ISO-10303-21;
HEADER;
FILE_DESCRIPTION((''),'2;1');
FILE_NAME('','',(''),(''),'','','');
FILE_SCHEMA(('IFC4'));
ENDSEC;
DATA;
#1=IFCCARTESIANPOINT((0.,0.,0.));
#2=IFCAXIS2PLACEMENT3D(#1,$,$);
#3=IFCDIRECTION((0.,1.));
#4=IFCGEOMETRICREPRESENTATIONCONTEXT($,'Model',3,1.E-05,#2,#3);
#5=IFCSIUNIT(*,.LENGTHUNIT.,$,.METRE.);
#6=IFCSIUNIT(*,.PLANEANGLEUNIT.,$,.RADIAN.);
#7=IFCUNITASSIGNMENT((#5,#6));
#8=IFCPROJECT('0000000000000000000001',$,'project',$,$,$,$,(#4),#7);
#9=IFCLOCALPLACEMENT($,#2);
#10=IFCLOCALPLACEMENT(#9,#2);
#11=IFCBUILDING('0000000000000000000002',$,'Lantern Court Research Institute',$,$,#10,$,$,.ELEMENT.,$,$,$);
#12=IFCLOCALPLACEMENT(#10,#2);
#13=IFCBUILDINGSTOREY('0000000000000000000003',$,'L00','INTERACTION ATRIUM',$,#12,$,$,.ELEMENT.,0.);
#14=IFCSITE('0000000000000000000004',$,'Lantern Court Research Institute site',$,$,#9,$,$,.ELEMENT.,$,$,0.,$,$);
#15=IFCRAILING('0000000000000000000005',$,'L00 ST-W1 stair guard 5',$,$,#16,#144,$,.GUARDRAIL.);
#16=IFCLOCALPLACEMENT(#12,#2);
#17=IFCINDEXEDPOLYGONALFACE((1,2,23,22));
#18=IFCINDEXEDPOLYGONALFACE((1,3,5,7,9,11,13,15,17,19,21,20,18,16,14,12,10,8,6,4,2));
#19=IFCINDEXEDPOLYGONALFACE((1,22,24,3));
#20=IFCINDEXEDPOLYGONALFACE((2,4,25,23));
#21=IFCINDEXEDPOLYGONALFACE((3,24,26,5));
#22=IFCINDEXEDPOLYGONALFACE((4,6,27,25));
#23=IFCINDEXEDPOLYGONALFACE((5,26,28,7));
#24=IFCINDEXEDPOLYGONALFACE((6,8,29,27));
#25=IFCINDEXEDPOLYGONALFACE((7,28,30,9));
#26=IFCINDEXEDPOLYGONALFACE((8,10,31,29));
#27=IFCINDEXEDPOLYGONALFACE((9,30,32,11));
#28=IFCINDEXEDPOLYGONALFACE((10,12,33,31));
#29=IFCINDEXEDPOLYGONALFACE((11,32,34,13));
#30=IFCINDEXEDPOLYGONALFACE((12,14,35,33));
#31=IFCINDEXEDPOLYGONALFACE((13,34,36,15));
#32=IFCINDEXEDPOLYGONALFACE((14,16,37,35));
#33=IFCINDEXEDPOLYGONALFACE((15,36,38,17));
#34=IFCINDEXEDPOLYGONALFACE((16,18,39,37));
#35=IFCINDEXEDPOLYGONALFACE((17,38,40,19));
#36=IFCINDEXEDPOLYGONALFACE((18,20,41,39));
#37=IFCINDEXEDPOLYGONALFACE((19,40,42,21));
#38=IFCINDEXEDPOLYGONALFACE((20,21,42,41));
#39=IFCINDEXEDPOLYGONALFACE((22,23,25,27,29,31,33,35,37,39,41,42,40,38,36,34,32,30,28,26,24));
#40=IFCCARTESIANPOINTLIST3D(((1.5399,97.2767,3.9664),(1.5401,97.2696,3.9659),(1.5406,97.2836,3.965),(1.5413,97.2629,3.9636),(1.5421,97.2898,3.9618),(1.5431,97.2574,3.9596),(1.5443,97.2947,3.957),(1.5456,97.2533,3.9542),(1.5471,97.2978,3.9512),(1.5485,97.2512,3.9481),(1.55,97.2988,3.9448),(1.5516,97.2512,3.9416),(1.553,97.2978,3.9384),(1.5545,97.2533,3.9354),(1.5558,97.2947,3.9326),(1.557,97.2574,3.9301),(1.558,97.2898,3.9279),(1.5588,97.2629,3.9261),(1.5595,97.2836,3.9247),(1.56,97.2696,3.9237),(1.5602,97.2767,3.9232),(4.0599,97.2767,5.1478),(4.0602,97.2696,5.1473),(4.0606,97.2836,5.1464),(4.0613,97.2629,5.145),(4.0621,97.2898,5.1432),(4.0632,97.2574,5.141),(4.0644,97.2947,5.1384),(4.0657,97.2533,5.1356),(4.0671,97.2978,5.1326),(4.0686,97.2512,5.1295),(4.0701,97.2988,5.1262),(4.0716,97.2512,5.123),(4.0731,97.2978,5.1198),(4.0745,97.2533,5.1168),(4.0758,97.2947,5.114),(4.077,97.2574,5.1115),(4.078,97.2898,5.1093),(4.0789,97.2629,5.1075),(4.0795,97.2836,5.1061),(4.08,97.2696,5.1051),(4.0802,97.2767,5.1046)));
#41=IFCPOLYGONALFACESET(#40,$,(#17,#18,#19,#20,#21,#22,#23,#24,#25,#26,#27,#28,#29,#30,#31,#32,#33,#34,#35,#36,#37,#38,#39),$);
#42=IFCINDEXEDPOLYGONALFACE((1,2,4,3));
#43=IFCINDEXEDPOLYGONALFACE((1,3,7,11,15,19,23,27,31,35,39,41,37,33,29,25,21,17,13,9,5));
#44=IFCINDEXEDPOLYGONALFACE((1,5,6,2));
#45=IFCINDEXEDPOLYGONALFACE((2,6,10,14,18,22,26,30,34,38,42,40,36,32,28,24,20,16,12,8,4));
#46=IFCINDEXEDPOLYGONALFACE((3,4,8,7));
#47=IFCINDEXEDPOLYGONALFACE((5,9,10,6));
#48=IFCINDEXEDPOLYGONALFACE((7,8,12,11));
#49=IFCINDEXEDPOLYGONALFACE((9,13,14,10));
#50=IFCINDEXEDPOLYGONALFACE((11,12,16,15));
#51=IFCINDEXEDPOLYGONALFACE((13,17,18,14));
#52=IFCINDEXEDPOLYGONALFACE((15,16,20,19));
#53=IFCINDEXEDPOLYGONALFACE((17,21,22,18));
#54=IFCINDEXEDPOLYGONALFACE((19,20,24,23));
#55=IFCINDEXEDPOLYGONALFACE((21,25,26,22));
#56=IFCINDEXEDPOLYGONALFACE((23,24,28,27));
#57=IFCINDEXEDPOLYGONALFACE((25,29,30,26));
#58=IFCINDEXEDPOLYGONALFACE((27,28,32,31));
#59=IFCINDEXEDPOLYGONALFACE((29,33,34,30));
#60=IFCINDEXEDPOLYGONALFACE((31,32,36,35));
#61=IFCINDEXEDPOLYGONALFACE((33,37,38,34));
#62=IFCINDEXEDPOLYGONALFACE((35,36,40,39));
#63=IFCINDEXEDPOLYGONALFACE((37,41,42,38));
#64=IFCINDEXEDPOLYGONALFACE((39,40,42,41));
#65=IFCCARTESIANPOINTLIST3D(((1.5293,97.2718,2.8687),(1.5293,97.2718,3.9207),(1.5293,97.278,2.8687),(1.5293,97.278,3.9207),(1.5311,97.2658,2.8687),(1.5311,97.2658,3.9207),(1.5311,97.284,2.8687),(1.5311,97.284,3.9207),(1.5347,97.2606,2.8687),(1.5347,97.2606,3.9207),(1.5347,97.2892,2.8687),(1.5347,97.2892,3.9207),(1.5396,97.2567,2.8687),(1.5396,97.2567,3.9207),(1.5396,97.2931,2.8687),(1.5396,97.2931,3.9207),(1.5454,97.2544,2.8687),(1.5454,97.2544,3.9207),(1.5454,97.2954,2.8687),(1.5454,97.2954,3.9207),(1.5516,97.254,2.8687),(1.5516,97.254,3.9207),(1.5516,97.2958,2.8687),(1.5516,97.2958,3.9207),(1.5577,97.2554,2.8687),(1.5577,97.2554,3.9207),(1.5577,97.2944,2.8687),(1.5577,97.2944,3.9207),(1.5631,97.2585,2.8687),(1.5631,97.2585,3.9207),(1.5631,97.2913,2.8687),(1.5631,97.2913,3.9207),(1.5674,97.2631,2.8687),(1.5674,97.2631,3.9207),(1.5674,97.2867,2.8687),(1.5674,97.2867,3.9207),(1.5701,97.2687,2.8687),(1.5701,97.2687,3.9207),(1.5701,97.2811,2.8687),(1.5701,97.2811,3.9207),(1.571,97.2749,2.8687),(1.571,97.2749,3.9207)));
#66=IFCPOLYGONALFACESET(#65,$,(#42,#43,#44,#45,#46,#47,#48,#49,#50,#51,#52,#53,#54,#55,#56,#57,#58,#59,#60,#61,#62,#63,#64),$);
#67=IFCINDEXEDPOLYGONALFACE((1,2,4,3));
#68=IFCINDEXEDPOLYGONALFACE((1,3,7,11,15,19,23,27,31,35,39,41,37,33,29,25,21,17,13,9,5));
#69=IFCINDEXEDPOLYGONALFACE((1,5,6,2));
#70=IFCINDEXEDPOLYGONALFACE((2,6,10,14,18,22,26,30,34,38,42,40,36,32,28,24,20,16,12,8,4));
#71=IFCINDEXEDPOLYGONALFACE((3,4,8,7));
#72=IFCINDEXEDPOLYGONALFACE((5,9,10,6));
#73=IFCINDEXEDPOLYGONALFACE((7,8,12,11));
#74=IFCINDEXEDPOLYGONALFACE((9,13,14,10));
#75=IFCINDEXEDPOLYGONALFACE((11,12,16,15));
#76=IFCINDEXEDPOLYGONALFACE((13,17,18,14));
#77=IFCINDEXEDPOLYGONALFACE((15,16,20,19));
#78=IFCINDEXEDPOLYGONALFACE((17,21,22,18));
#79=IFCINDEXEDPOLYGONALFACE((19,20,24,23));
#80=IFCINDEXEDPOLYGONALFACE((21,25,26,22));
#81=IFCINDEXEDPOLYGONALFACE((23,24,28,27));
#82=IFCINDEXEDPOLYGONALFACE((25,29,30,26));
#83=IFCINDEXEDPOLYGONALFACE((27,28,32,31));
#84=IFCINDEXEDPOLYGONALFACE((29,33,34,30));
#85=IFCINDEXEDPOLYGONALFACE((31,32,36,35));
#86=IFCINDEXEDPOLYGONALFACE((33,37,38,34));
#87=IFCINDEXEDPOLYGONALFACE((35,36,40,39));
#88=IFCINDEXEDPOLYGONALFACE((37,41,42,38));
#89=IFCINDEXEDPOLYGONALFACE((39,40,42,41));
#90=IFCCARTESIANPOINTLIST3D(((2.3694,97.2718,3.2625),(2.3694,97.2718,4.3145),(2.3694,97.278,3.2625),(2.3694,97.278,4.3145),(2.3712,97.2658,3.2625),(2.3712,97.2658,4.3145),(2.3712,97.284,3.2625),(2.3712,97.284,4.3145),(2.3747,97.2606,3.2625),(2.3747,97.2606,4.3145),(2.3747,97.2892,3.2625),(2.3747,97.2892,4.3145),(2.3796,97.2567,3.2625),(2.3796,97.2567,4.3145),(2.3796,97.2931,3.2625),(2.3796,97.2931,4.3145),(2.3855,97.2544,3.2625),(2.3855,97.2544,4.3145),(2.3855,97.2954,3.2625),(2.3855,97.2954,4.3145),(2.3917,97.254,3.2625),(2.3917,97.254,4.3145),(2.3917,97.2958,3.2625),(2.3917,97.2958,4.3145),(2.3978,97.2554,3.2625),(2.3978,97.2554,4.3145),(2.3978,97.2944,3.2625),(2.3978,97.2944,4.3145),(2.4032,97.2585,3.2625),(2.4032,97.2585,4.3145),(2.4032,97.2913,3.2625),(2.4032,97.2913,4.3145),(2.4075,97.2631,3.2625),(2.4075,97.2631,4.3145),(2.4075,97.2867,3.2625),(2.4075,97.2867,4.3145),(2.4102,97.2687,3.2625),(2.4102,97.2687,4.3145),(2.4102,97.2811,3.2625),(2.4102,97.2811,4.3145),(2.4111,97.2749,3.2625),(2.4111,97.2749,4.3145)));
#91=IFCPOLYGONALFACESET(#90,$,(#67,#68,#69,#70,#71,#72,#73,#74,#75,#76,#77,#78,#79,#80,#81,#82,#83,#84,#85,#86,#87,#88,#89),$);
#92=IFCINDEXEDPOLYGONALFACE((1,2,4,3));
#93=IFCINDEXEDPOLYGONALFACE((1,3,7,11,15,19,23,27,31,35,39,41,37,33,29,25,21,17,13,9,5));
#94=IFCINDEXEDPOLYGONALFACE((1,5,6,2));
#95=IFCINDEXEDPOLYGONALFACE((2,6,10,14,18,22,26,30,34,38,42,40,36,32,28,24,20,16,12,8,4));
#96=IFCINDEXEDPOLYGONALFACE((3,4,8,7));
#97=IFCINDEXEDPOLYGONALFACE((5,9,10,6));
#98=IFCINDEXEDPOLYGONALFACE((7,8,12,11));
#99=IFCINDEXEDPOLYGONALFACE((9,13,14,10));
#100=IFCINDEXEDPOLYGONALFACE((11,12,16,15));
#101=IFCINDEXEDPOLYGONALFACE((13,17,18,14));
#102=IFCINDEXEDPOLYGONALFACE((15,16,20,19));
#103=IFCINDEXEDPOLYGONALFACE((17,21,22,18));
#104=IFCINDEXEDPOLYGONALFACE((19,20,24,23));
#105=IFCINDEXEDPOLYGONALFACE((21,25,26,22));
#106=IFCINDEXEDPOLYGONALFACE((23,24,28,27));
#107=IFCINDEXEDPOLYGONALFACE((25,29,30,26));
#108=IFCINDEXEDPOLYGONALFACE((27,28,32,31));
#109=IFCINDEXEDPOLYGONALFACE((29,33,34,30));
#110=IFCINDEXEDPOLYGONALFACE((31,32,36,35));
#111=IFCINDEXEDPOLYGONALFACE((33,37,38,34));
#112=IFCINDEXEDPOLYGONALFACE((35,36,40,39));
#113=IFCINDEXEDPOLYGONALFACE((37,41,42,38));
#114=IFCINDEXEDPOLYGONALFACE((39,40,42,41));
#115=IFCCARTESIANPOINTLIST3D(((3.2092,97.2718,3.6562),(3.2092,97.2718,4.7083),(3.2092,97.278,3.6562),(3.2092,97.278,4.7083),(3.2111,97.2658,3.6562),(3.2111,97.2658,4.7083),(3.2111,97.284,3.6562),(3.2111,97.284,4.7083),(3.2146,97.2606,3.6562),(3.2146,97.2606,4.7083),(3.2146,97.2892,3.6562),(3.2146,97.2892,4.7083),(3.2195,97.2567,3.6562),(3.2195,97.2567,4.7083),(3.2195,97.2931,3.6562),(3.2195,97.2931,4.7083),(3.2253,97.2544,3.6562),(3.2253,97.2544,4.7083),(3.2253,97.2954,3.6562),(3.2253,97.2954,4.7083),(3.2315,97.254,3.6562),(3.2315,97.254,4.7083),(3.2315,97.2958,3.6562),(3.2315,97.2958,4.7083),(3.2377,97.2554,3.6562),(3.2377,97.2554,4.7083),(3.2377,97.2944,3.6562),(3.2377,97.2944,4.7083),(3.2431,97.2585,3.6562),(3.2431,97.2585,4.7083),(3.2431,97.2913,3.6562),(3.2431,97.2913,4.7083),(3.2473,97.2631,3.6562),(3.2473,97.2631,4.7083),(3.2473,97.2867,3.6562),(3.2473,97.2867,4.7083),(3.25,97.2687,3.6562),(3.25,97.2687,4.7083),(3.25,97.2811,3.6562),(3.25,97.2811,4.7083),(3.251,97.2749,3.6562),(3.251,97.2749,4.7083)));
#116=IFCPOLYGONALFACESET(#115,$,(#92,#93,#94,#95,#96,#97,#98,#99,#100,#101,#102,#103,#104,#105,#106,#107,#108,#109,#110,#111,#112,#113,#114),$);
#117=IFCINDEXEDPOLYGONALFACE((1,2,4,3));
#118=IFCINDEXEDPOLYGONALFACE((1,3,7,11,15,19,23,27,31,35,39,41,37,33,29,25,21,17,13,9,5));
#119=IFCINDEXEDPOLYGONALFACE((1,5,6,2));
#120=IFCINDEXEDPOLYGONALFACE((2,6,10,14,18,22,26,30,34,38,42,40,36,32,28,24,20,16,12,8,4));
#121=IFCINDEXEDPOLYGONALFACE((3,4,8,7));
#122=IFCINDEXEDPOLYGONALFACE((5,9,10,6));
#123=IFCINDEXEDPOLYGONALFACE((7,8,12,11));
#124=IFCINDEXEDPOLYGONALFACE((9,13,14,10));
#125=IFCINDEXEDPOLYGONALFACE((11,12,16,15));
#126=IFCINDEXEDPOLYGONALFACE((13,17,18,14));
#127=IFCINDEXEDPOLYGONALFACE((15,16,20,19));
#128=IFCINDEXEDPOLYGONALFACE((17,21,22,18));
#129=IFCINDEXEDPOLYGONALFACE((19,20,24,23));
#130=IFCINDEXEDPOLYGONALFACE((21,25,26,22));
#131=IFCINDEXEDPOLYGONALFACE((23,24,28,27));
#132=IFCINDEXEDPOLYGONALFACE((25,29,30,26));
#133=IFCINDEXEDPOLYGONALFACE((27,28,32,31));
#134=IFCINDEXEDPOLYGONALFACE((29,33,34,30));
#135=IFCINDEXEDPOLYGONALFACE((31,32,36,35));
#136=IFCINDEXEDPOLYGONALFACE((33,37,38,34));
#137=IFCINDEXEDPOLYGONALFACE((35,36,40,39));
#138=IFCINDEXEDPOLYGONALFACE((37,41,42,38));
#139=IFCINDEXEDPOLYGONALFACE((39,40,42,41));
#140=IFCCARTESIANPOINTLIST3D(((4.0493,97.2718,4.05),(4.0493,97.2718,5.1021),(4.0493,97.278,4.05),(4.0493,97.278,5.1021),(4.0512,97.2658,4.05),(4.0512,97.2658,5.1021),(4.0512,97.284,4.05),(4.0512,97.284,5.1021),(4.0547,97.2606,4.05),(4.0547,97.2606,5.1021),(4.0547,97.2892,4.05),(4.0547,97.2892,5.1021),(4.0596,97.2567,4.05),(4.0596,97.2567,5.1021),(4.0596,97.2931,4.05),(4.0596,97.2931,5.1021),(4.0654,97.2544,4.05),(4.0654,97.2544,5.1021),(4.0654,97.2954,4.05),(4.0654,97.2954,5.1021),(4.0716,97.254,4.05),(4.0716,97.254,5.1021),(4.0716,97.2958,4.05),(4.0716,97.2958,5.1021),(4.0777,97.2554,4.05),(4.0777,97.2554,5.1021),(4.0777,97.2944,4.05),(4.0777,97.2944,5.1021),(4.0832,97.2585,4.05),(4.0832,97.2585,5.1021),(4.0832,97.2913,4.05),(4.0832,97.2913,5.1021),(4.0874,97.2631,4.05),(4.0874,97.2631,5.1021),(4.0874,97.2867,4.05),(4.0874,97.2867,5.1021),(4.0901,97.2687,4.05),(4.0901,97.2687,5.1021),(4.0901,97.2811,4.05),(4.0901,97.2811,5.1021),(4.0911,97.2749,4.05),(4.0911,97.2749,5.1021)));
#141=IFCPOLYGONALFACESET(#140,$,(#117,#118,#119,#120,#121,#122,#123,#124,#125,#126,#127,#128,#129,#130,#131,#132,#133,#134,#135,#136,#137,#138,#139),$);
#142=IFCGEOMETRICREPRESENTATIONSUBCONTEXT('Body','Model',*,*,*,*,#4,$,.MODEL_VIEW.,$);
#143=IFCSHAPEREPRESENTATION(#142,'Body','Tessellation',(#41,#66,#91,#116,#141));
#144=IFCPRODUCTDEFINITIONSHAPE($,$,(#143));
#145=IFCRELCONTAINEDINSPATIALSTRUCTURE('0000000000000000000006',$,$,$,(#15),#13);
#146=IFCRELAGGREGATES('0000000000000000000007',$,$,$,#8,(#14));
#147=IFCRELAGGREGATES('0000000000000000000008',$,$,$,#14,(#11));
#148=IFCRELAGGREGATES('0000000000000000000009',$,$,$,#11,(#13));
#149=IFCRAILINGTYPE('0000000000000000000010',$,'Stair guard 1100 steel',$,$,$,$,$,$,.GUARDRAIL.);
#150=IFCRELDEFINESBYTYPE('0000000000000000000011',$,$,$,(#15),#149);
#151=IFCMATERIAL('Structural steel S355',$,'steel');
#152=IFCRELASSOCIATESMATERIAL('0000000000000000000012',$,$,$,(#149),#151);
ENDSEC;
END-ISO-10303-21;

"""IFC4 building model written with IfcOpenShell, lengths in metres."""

from ifc_helpers import new_model, si_unit, direction, frame, origin, origin_2d, place, context, subcontext, project, spatial, circle, extrude, material, type_object, element, save


model = new_model("IFC4")

# Units and contexts
model_context = context("Model", 3, precision=1e-05, world=origin(), true_north=direction((0.0, 1.0)))
body_context = subcontext(model_context, "Body", "Model", "MODEL_VIEW")
ifc_project = project(units=[si_unit("LENGTHUNIT", "METRE"), si_unit("PLANEANGLEUNIT", "RADIAN")], contexts=[model_context])

# Site, building, storey
site_placement = place(None, origin())
site = spatial("IfcSite", under=ifc_project, at=site_placement, Name="Lantern Court Research Institute site", CompositionType="ELEMENT", RefElevation=0.0)
building_placement = place(site_placement, origin())
building = spatial("IfcBuilding", under=site, at=building_placement, Name="Lantern Court Research Institute", CompositionType="ELEMENT")
storey_placement = place(building_placement, origin())
storey = spatial("IfcBuildingStorey", under=building, at=storey_placement, Name="L00", Description="INTERACTION ATRIUM", CompositionType="ELEMENT", Elevation=0.0)

# Railing
ifc_material_1 = material(Name="Structural steel S355", Category="steel")
railing_type = type_object("IfcRailingType", Name="Stair guard 1100 steel", PredefinedType="GUARDRAIL", material=ifc_material_1)
railing_1_placement = place(storey_placement, frame((1.55, 97.2749, 2.8687)))
element("IfcRailing", 1, at=railing_1_placement, inside=storey, type_object=railing_type, Name="L00 ST-W1 stair guard 5", PredefinedType="GUARDRAIL", context=body_context, shape_type="SweptSolid", body=[
    extrude(circle(Radius=0.0239, at=origin_2d()), frame((0.0, 0.0, 1.0762), z_axis=(0.90544, 0.0, 0.424474), x_axis=(0.0, 1.0, 0.0)), (0.0, 0.0, 1.0), 2.7832),
    extrude(circle(Radius=0.021, at=origin_2d()), origin(), (0.0, 0.0, 1.0), 1.052),
    extrude(circle(Radius=0.021, at=origin_2d()), frame((0.8401, 0.0, 0.3938)), (0.0, 0.0, 1.0), 1.052),
    extrude(circle(Radius=0.021, at=origin_2d()), frame((1.6799, 0.0, 0.7876)), (0.0, 0.0, 1.0), 1.052),
    extrude(circle(Radius=0.021, at=origin_2d()), frame((2.52, 0.0, 1.1814)), (0.0, 0.0, 1.0), 1.052),
])

save(model, "model.ifc")
